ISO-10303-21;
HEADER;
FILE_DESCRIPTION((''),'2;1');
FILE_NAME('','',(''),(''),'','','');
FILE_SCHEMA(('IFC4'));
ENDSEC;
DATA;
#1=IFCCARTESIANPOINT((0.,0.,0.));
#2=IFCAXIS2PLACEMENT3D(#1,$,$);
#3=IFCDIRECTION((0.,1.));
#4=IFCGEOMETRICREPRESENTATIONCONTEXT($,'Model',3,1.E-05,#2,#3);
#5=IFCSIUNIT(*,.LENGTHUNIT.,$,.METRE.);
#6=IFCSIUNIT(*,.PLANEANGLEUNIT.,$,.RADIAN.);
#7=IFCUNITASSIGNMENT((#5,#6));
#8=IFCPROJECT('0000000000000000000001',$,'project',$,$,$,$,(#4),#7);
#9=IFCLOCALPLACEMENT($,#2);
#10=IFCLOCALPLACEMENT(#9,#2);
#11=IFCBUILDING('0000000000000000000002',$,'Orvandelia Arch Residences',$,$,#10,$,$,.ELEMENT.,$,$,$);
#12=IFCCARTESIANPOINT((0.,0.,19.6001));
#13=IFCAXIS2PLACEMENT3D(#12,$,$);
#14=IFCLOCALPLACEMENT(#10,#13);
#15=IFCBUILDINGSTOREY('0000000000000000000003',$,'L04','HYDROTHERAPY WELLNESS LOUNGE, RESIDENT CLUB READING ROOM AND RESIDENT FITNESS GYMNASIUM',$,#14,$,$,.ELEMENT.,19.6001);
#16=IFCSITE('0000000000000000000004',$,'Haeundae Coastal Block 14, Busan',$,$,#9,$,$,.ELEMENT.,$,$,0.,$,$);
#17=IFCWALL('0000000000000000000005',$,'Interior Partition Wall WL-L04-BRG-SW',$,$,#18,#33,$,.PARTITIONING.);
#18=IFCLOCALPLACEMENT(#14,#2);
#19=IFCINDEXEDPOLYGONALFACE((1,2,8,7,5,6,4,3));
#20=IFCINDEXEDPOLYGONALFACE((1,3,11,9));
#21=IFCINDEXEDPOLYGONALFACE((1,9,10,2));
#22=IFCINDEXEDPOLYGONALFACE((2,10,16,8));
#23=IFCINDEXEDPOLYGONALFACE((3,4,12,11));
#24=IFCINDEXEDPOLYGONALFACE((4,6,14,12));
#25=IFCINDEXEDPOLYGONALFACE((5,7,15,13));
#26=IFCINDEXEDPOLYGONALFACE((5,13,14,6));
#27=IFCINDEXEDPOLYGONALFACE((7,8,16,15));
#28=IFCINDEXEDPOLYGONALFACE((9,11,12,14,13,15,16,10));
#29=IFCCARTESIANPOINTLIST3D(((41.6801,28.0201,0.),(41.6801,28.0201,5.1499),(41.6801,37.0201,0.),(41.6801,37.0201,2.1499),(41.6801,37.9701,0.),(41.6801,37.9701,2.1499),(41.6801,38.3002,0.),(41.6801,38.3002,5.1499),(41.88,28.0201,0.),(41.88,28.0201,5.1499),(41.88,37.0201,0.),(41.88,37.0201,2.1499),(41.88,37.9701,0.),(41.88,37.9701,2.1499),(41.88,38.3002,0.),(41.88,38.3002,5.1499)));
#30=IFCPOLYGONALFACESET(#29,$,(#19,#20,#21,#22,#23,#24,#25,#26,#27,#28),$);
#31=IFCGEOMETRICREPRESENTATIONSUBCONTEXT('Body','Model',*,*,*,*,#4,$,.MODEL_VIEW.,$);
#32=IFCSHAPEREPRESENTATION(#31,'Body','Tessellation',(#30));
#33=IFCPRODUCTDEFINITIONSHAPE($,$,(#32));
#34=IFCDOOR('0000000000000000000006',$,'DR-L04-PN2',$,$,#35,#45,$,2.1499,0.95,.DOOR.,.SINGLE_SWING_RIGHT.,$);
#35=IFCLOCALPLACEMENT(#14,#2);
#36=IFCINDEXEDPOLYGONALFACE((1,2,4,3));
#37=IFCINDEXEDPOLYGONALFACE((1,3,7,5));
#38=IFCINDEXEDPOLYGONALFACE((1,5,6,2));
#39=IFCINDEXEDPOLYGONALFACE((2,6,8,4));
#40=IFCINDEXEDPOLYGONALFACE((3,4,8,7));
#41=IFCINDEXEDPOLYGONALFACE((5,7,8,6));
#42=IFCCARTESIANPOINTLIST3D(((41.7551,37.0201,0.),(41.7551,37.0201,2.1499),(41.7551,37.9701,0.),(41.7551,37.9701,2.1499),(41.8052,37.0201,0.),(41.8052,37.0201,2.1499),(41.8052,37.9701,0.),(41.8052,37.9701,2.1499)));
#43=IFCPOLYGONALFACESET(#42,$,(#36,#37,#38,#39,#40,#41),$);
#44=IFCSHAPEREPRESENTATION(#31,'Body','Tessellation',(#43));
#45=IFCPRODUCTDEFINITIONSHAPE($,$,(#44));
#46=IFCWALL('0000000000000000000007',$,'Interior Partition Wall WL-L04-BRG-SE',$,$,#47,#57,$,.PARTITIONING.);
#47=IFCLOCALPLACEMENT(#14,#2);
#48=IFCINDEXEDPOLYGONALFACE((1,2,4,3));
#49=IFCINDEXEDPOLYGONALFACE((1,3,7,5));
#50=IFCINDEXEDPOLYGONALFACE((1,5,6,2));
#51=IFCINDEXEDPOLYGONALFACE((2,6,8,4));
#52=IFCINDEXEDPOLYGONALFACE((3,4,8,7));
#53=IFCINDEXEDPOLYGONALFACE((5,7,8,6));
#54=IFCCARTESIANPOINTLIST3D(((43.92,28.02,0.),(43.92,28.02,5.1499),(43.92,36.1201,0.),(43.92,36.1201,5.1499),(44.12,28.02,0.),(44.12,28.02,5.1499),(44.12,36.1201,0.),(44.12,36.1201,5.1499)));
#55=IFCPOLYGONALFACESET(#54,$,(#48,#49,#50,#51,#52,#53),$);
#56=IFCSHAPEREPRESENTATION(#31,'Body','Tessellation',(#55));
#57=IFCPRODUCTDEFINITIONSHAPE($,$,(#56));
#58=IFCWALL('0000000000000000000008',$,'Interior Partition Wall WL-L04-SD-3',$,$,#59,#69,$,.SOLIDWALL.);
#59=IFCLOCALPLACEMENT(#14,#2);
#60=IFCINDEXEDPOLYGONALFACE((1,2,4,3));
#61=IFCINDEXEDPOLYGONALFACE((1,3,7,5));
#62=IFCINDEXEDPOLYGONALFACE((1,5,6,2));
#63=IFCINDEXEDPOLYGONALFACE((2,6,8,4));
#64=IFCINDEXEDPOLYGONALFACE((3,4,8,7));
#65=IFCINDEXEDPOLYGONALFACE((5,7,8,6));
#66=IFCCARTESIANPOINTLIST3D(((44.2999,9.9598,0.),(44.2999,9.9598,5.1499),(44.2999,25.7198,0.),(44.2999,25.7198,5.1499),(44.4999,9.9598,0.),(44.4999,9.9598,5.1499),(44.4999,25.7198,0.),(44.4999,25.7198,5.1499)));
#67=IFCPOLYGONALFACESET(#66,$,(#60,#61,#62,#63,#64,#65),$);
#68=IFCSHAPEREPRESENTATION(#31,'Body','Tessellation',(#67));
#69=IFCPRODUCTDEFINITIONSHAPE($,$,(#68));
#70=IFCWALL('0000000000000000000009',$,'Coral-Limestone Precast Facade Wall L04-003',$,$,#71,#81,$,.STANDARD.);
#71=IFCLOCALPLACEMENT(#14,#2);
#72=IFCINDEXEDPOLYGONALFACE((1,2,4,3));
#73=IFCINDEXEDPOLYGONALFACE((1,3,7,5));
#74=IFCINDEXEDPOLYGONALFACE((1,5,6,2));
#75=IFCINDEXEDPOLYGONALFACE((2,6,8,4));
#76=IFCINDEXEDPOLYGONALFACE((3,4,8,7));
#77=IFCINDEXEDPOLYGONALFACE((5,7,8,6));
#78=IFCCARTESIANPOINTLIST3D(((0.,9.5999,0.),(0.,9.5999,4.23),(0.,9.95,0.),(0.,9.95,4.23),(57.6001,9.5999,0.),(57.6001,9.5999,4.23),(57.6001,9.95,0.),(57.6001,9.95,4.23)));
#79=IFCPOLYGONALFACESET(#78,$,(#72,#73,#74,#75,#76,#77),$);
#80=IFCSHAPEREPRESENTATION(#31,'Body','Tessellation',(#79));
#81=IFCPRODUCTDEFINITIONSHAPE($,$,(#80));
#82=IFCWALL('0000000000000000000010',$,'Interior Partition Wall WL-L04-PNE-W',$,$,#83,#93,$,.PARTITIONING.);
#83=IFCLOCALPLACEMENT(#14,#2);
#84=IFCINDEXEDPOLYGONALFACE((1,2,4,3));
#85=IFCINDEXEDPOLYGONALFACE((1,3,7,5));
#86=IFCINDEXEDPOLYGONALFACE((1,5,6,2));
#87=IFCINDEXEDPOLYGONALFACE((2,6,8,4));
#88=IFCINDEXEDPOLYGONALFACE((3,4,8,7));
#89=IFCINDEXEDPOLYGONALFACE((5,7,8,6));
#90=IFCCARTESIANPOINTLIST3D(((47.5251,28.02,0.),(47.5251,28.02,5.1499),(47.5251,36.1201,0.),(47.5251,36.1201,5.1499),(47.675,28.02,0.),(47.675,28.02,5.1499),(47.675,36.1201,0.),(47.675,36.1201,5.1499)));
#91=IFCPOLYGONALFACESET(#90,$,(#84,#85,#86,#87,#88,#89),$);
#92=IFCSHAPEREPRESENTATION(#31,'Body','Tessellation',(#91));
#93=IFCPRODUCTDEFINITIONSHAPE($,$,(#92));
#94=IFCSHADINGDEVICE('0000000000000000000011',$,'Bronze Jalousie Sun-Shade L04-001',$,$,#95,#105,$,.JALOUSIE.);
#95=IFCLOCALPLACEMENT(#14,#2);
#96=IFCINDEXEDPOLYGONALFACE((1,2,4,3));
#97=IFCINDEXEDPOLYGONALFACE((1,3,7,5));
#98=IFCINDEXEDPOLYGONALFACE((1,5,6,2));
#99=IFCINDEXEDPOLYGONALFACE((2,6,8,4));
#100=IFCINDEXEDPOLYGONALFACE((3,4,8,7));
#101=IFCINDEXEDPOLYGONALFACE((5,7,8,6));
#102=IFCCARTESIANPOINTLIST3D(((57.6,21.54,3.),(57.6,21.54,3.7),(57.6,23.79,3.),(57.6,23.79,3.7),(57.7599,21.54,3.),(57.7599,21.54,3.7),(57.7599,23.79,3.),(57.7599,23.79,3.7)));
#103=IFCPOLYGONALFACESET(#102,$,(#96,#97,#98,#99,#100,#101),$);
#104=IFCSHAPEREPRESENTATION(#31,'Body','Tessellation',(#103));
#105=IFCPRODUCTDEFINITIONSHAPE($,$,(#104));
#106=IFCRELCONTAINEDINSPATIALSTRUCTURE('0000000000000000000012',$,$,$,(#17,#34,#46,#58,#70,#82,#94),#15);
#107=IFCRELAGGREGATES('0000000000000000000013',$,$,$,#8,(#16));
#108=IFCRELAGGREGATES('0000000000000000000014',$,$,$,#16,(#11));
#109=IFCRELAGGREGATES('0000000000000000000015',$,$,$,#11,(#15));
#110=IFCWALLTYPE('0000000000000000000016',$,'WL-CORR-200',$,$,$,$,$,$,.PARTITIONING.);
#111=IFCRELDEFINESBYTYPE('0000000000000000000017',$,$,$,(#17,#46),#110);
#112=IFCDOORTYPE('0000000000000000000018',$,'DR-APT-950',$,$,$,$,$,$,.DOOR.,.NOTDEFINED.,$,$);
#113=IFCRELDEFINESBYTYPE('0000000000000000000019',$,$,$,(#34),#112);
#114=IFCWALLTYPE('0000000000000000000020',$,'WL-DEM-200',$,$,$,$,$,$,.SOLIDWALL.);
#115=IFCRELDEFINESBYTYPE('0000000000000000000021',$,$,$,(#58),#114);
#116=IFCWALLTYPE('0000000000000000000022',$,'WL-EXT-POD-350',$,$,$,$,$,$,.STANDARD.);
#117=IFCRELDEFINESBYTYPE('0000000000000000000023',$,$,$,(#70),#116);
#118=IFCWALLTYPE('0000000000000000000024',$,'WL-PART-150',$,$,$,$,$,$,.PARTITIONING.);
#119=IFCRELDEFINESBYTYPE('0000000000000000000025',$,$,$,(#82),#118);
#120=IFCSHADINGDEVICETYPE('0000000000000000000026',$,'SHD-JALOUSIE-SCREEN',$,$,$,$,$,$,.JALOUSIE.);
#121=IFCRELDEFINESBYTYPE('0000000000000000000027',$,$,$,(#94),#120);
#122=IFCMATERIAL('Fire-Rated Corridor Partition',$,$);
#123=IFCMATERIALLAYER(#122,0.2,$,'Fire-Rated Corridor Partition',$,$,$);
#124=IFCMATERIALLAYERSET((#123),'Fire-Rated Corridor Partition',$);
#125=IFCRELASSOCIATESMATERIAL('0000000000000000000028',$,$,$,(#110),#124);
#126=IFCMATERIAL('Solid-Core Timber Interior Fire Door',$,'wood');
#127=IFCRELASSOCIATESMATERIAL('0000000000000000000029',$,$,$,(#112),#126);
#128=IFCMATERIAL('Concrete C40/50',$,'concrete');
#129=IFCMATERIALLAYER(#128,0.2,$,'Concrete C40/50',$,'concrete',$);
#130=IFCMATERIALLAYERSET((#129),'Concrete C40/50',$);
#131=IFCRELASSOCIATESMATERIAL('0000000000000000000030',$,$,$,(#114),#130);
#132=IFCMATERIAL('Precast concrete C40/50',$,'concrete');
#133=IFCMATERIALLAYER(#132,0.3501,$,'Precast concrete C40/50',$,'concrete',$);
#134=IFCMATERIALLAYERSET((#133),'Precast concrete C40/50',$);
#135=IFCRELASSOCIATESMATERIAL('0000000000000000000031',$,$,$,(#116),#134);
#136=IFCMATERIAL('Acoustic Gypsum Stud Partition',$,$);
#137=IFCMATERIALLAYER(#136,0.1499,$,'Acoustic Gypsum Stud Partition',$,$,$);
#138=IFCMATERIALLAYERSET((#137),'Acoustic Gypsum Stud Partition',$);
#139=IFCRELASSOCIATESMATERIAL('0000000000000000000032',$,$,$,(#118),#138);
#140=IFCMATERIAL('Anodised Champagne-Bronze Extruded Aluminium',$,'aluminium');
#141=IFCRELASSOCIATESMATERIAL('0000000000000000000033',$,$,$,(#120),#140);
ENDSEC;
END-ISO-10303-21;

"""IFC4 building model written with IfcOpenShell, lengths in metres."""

from ifc_helpers import new_model, si_unit, direction, frame, frame_2d, origin, origin_2d, place, context, subcontext, project, spatial, rectangle, extrude, material, layer, layer_set, type_object, element, fill, save


model = new_model("IFC4")

# Units and contexts
model_context = context("Model", 3, precision=1e-05, world=origin(), true_north=direction((0.0, 1.0)))
body_context = subcontext(model_context, "Body", "Model", "MODEL_VIEW")
ifc_project = project(units=[si_unit("LENGTHUNIT", "METRE"), si_unit("PLANEANGLEUNIT", "RADIAN")], contexts=[model_context])

# Site, building, storey
site_placement = place(None, origin())
site = spatial("IfcSite", under=ifc_project, at=site_placement, Name="Haeundae Coastal Block 14, Busan", CompositionType="ELEMENT", RefElevation=0.0)
building_placement = place(site_placement, origin())
building = spatial("IfcBuilding", under=site, at=building_placement, Name="Orvandelia Arch Residences", CompositionType="ELEMENT")
storey_placement = place(building_placement, frame((0.0, 0.0, 19.6001)))
storey = spatial("IfcBuildingStorey", under=building, at=storey_placement, Name="L04", Description="HYDROTHERAPY WELLNESS LOUNGE, RESIDENT CLUB READING ROOM AND RESIDENT FITNESS GYMNASIUM", CompositionType="ELEMENT", Elevation=19.6001)

# Wall, opening, door
ifc_material_1 = material(Name="Fire-Rated Corridor Partition")
ifc_layer_1 = layer(ifc_material_1, 0.2, Name="Fire-Rated Corridor Partition")
ifc_layer_set_1 = layer_set([ifc_layer_1], Name="Fire-Rated Corridor Partition")
wall_type_1 = type_object("IfcWallType", Name="WL-CORR-200", PredefinedType="PARTITIONING", material=ifc_layer_set_1)
ifc_material_2 = material(Name="Solid-Core Timber Interior Fire Door", Category="wood")
door_type = type_object("IfcDoorType", Name="DR-APT-950", OperationType="NOTDEFINED", PredefinedType="DOOR", material=ifc_material_2)
wall_1_placement = place(storey_placement, frame((41.78, 28.02, 0.0), z_axis=(0.0, 0.0, 1.0), x_axis=(0.0, 1.0, 0.0)))
wall_1 = element("IfcWall", 1, at=wall_1_placement, inside=storey, type_object=wall_type_1, Name="Interior Partition Wall WL-L04-BRG-SW", PredefinedType="PARTITIONING", context=body_context, shape_type="SweptSolid", body=[
    extrude(rectangle(XDim=10.28, YDim=0.2, at=frame_2d((5.1401, 0.0))), origin(), (0.0, 0.0, 1.0), 5.1499),
])
opening_1_placement = place(wall_1_placement, frame((9.0, 0.0, 0.0)))
opening_1 = element("IfcOpeningElement", 2, at=opening_1_placement, cuts=wall_1, PredefinedType="OPENING", context=body_context, shape_type="SweptSolid", body=[
    extrude(rectangle(XDim=0.95, YDim=2.1499, at=frame_2d((0.4751, 1.075))), frame((0.0, 0.1099, 0.0), z_axis=(0.0, -1.0, 0.0), x_axis=(1.0, 0.0, 0.0)), (0.0, 0.0, 1.0), 0.22),
])
door_1_placement = place(opening_1_placement, origin())
door_1 = element("IfcDoor", 3, at=door_1_placement, inside=storey, type_object=door_type, Name="DR-L04-PN2", OperationType="SINGLE_SWING_RIGHT", OverallHeight=2.1499, OverallWidth=0.95, PredefinedType="DOOR", context=body_context, shape_type="SweptSolid", body=[
    extrude(rectangle(XDim=0.95, YDim=2.1499, at=frame_2d((0.4751, 1.075))), frame((0.0, 0.0249, 0.0), z_axis=(0.0, -1.0, 0.0), x_axis=(1.0, 0.0, 0.0)), (0.0, 0.0, 1.0), 0.05),
])
fill(opening_1, door_1)

# Walls
wall_2_placement = place(storey_placement, frame((44.02, 28.02, 0.0), z_axis=(0.0, 0.0, 1.0), x_axis=(0.0, 1.0, 0.0)))
element("IfcWall", 4, at=wall_2_placement, inside=storey, type_object=wall_type_1, Name="Interior Partition Wall WL-L04-BRG-SE", PredefinedType="PARTITIONING", context=body_context, shape_type="SweptSolid", body=[
    extrude(rectangle(XDim=8.1001, YDim=0.2, at=frame_2d((4.05, 0.0))), origin(), (0.0, 0.0, 1.0), 5.1499),
])
ifc_material_3 = material(Name="Concrete C40/50", Category="concrete")
ifc_layer_2 = layer(ifc_material_3, 0.2, Name="Concrete C40/50", Category="concrete")
ifc_layer_set_2 = layer_set([ifc_layer_2], Name="Concrete C40/50")
wall_type_2 = type_object("IfcWallType", Name="WL-DEM-200", PredefinedType="SOLIDWALL", material=ifc_layer_set_2)
wall_3_placement = place(storey_placement, frame((44.3999, 9.96, 0.0), z_axis=(0.0, 0.0, 1.0), x_axis=(0.0, 1.0, 0.0)))
element("IfcWall", 5, at=wall_3_placement, inside=storey, type_object=wall_type_2, Name="Interior Partition Wall WL-L04-SD-3", PredefinedType="SOLIDWALL", context=body_context, shape_type="SweptSolid", body=[
    extrude(rectangle(XDim=15.76, YDim=0.2, at=frame_2d((7.8799, 0.0))), origin(), (0.0, 0.0, 1.0), 5.1499),
])
ifc_material_4 = material(Name="Precast concrete C40/50", Category="concrete")
ifc_layer_3 = layer(ifc_material_4, 0.3501, Name="Precast concrete C40/50", Category="concrete")
ifc_layer_set_3 = layer_set([ifc_layer_3], Name="Precast concrete C40/50")
wall_type_3 = type_object("IfcWallType", Name="WL-EXT-POD-350", PredefinedType="STANDARD", material=ifc_layer_set_3)
wall_4_placement = place(storey_placement, frame((57.6001, 9.7749, 0.0), z_axis=(0.0, 0.0, 1.0), x_axis=(-1.0, 0.0, 0.0)))
element("IfcWall", 6, at=wall_4_placement, inside=storey, type_object=wall_type_3, Name="Coral-Limestone Precast Facade Wall L04-003", PredefinedType="STANDARD", context=body_context, shape_type="SweptSolid", body=[
    extrude(rectangle(XDim=57.6001, YDim=0.3501, at=frame_2d((28.8, 0.0))), origin(), (0.0, 0.0, 1.0), 4.23),
])
ifc_material_5 = material(Name="Acoustic Gypsum Stud Partition")
ifc_layer_4 = layer(ifc_material_5, 0.1499, Name="Acoustic Gypsum Stud Partition")
ifc_layer_set_4 = layer_set([ifc_layer_4], Name="Acoustic Gypsum Stud Partition")
wall_type_4 = type_object("IfcWallType", Name="WL-PART-150", PredefinedType="PARTITIONING", material=ifc_layer_set_4)
wall_5_placement = place(storey_placement, frame((47.6001, 28.02, 0.0), z_axis=(0.0, 0.0, 1.0), x_axis=(0.0, 1.0, 0.0)))
element("IfcWall", 7, at=wall_5_placement, inside=storey, type_object=wall_type_4, Name="Interior Partition Wall WL-L04-PNE-W", PredefinedType="PARTITIONING", context=body_context, shape_type="SweptSolid", body=[
    extrude(rectangle(XDim=8.1001, YDim=0.1499, at=frame_2d((4.05, 0.0))), origin(), (0.0, 0.0, 1.0), 5.1499),
])

# Shading device
ifc_material_6 = material(Name="Anodised Champagne-Bronze Extruded Aluminium", Category="aluminium")
shading_device_type = type_object("IfcShadingDeviceType", Name="SHD-JALOUSIE-SCREEN", PredefinedType="JALOUSIE", material=ifc_material_6)
shading_device_placement = place(storey_placement, frame((57.6799, 22.665, 3.0), z_axis=(0.0, 0.0, 1.0), x_axis=(0.0, -1.0, 0.0)))
element("IfcShadingDevice", 8, at=shading_device_placement, inside=storey, type_object=shading_device_type, Name="Bronze Jalousie Sun-Shade L04-001", PredefinedType="JALOUSIE", context=body_context, shape_type="SweptSolid", body=[
    extrude(rectangle(XDim=2.25, YDim=0.1599, at=origin_2d()), origin(), (0.0, 0.0, 1.0), 0.7),
])

save(model, "model.ifc")
